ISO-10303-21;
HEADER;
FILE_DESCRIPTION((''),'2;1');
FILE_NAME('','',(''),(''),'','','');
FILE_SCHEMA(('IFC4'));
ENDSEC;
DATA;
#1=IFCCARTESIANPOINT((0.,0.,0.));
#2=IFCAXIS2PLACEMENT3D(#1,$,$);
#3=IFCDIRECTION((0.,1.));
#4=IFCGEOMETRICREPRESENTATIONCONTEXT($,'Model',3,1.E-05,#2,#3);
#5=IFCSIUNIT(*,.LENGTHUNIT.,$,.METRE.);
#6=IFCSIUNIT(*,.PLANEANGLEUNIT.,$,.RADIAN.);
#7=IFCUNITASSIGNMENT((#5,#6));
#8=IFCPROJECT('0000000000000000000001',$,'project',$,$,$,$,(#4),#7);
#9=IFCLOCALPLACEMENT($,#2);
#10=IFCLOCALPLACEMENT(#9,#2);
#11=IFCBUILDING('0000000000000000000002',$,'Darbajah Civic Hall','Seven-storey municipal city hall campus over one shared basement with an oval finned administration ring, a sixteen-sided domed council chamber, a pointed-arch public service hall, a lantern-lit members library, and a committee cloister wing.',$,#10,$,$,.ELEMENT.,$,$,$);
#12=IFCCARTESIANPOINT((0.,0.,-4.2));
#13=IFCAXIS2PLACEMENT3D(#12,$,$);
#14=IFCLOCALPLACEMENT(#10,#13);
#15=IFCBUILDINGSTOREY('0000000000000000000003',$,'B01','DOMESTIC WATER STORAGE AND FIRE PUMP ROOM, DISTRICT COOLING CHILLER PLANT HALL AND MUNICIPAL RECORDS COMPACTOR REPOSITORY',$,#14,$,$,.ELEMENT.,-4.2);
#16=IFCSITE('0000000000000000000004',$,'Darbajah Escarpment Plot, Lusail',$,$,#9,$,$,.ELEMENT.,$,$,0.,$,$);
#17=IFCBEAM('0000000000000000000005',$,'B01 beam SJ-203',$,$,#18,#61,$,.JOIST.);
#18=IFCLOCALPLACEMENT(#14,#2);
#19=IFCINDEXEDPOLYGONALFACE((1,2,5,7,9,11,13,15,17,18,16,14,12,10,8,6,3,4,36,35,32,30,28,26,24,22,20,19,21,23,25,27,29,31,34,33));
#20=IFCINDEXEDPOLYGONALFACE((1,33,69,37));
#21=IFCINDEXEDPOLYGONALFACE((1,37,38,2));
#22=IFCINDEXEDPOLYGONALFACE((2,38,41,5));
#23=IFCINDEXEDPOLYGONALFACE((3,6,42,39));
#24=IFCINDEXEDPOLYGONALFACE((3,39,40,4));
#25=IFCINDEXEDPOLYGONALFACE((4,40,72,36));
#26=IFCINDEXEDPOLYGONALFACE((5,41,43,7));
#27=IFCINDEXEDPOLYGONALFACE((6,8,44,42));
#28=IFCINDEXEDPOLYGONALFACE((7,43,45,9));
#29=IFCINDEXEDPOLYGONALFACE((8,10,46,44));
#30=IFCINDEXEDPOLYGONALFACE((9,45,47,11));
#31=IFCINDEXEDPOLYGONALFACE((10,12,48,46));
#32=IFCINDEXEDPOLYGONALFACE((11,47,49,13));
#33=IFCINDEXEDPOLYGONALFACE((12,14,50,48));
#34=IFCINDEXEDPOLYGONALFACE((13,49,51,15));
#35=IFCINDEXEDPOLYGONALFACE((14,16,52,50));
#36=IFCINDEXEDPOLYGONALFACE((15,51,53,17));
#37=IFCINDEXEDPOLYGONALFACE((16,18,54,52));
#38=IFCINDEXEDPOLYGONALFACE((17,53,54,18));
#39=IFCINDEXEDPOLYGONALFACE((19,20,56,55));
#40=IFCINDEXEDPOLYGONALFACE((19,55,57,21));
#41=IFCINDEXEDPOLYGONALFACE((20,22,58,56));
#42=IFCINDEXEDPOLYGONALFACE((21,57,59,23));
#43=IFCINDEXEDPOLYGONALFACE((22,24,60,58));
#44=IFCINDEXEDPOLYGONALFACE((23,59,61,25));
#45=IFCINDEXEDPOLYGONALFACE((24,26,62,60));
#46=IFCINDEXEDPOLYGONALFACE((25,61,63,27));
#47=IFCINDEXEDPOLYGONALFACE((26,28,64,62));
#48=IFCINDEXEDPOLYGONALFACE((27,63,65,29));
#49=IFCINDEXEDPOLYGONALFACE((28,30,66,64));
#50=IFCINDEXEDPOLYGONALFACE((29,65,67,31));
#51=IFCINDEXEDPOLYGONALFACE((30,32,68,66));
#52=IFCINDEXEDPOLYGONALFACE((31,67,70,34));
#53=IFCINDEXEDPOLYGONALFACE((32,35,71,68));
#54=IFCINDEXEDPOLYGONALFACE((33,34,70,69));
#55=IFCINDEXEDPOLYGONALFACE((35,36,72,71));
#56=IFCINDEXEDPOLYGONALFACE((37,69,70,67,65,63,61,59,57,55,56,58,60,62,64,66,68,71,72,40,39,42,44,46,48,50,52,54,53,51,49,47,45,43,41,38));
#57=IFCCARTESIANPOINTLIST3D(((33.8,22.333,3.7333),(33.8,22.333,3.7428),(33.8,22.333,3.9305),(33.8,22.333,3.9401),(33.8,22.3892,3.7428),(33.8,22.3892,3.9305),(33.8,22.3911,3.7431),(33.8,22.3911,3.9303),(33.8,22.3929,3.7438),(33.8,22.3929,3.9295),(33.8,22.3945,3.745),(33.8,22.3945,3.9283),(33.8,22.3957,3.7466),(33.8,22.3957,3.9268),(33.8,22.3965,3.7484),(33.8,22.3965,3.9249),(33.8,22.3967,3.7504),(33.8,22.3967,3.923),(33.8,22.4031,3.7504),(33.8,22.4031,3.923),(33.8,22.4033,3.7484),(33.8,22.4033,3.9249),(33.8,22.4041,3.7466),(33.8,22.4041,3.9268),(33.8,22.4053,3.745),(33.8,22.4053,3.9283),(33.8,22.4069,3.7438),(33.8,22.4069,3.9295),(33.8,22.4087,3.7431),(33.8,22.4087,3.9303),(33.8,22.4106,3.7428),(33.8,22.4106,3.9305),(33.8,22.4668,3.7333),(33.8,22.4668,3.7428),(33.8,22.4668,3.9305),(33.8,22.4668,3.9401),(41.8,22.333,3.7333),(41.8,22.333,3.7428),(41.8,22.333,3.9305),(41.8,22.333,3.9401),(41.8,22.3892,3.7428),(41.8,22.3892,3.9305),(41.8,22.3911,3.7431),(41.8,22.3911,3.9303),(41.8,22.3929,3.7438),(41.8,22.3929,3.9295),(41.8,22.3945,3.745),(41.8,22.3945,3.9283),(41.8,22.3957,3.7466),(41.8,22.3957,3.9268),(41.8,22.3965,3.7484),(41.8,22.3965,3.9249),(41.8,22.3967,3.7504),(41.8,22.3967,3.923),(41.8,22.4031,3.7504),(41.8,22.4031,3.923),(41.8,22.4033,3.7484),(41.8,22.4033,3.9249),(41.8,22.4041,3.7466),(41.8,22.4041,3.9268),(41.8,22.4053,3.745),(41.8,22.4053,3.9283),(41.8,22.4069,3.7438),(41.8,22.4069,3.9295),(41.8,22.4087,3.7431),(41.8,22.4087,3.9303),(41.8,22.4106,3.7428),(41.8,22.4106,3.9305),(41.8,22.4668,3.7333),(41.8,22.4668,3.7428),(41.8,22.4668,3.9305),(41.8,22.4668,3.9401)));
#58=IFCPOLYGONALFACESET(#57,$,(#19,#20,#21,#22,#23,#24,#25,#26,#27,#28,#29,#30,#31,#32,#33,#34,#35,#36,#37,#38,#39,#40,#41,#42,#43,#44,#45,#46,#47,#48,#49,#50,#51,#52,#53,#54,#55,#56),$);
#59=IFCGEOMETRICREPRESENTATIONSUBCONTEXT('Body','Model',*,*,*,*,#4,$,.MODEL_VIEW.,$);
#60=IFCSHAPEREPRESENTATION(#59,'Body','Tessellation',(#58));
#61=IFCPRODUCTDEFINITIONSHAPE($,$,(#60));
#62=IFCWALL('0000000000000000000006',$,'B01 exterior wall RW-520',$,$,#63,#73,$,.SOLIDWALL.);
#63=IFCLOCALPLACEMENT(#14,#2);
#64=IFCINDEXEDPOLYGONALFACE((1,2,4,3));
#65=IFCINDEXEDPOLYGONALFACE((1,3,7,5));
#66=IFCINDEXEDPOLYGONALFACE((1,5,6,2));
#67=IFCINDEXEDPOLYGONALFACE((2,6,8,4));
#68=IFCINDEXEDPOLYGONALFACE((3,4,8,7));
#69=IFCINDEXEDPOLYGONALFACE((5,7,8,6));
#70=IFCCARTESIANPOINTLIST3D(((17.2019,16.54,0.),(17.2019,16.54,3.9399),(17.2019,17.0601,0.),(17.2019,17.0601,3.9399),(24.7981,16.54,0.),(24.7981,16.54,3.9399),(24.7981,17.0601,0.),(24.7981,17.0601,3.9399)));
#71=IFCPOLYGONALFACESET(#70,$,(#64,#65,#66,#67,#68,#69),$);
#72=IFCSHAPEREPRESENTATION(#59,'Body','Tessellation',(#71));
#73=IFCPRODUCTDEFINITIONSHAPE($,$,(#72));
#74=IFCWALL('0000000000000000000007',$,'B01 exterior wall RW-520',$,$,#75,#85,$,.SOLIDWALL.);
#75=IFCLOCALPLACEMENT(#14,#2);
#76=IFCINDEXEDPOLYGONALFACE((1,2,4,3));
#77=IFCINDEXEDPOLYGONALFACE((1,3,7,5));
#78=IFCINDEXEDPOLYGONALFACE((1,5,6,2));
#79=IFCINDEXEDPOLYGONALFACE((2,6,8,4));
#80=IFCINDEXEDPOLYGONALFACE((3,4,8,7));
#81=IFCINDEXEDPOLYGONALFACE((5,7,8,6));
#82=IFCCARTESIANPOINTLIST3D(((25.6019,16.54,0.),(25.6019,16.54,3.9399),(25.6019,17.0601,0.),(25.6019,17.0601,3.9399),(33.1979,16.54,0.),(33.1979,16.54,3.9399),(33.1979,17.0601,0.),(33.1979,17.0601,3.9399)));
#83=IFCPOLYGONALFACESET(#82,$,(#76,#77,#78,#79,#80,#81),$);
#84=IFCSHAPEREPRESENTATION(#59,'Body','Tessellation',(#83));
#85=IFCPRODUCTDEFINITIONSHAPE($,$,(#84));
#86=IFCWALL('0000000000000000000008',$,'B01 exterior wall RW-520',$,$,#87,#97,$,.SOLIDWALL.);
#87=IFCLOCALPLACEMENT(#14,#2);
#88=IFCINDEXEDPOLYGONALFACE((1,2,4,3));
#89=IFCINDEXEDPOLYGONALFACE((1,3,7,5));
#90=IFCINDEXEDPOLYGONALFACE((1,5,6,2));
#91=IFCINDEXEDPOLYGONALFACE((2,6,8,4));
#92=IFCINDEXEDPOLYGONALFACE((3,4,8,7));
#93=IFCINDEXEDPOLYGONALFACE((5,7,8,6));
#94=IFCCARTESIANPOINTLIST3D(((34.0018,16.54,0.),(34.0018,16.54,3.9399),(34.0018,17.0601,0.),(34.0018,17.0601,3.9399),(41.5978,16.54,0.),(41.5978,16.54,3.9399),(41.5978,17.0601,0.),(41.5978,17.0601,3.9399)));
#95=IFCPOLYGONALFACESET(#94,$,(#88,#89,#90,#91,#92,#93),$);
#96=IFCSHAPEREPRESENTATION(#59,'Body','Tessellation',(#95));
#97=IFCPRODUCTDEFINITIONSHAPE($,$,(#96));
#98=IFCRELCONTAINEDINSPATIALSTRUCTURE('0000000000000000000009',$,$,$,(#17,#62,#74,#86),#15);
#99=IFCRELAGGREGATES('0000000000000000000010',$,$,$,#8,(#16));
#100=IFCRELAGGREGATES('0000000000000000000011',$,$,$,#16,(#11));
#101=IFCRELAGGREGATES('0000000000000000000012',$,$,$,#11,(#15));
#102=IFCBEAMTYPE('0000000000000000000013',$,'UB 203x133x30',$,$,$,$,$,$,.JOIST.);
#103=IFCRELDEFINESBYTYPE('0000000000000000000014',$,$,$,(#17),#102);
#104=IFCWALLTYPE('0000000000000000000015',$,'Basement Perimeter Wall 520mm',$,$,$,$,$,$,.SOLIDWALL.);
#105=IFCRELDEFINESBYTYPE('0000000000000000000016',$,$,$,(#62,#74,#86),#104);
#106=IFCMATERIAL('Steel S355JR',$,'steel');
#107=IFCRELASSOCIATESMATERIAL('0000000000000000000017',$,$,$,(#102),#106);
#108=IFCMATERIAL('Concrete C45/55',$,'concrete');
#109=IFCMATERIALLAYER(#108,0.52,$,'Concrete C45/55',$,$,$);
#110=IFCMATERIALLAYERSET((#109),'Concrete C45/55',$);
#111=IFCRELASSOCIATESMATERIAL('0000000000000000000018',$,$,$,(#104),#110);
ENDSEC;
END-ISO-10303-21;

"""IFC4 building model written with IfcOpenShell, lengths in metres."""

from ifc_helpers import new_model, si_unit, direction, frame, frame_2d, origin, origin_2d, place, context, subcontext, project, spatial, rectangle, i_section, extrude, material, layer, layer_set, material_profile, profile_set, type_object, element, save


model = new_model("IFC4")

# Units and contexts
model_context = context("Model", 3, precision=1e-05, world=origin(), true_north=direction((0.0, 1.0)))
body_context = subcontext(model_context, "Body", "Model", "MODEL_VIEW")
ifc_project = project(units=[si_unit("LENGTHUNIT", "METRE"), si_unit("PLANEANGLEUNIT", "RADIAN")], contexts=[model_context])

# Site, building, storey
site_placement = place(None, origin())
site = spatial("IfcSite", under=ifc_project, at=site_placement, Name="Darbajah Escarpment Plot, Lusail", CompositionType="ELEMENT", RefElevation=0.0)
building_placement = place(site_placement, origin())
building = spatial("IfcBuilding", under=site, at=building_placement, Name="Darbajah Civic Hall", Description="Seven-storey municipal city hall campus over one shared basement with an oval finned administration ring, a sixteen-sided domed council chamber, a pointed-arch public service hall, a lantern-lit members library, and a committee cloister wing.", CompositionType="ELEMENT")
storey_placement = place(building_placement, frame((0.0, 0.0, -4.2)))
storey = spatial("IfcBuildingStorey", under=building, at=storey_placement, Name="B01", Description="DOMESTIC WATER STORAGE AND FIRE PUMP ROOM, DISTRICT COOLING CHILLER PLANT HALL AND MUNICIPAL RECORDS COMPACTOR REPOSITORY", CompositionType="ELEMENT", Elevation=-4.2)

# Shared definitions
ifc_material_1 = material(Name="Concrete C45/55", Category="concrete")

# Beam
ifc_material_2 = material(Name="Steel S355JR", Category="steel")
ifc_material_profile_1 = material_profile(ifc_material_2, i_section(OverallWidth=0.1338, OverallDepth=0.2068, WebThickness=0.0063, FlangeThickness=0.0095, FilletRadius=0.0076, at=origin_2d()), Name="UB 203x133x30")
ifc_profile_set_1 = profile_set([ifc_material_profile_1], Name="Steel S355JR")
beam_type_1 = type_object("IfcBeamType", Name="UB 203x133x30", PredefinedType="JOIST", material=ifc_profile_set_1)
for number, where, z_axis, x_axis, name in (
    (1, (33.8, 22.3999, 3.8367), (1.0, 0.0, 0.0), (0.0, 1.0, 0.0), "B01 beam SJ-203"),
):
    element("IfcBeam", number, at=place(storey_placement, frame(where, z_axis=z_axis, x_axis=x_axis)), inside=storey, type_object=beam_type_1, Name=name, PredefinedType="JOIST", context=body_context, shape_type="SweptSolid", body=[
        extrude(i_section(OverallWidth=0.1338, OverallDepth=0.2068, WebThickness=0.0063, FlangeThickness=0.0095, FilletRadius=0.0076, at=origin_2d()), origin(), (0.0, 0.0, 1.0), 8.0),
    ])

# Walls
ifc_layer = layer(ifc_material_1, 0.52, Name="Concrete C45/55")
ifc_layer_set = layer_set([ifc_layer], Name="Concrete C45/55")
wall_type = type_object("IfcWallType", Name="Basement Perimeter Wall 520mm", PredefinedType="SOLIDWALL", material=ifc_layer_set)
wall_placement = place(storey_placement, frame((17.2019, 16.8, 0.0), z_axis=(0.0, 0.0, 1.0), x_axis=(1.0, 0.0, 0.0)))
element("IfcWall", 2, at=wall_placement, inside=storey, type_object=wall_type, Name="B01 exterior wall RW-520", PredefinedType="SOLIDWALL", context=body_context, shape_type="SweptSolid", body=[
    extrude(rectangle(XDim=7.5962, YDim=0.52, at=frame_2d((3.7981, 0.0))), origin(), (0.0, 0.0, 1.0), 3.9399),
])
for number, where, z_axis, x_axis, name in (
    (3, (25.6021, 16.8, 0.0), (0.0, 0.0, 1.0), (1.0, 0.0, 0.0), "B01 exterior wall RW-520"),
    (4, (34.002, 16.8, 0.0), (0.0, 0.0, 1.0), (1.0, 0.0, 0.0), "B01 exterior wall RW-520"),
):
    element("IfcWall", number, at=place(storey_placement, frame(where, z_axis=z_axis, x_axis=x_axis)), inside=storey, type_object=wall_type, Name=name, PredefinedType="SOLIDWALL", context=body_context, shape_type="SweptSolid", body=[
        extrude(rectangle(XDim=7.5959, YDim=0.52, at=frame_2d((3.7979, 0.0))), origin(), (0.0, 0.0, 1.0), 3.9399),
    ])

save(model, "model.ifc")
